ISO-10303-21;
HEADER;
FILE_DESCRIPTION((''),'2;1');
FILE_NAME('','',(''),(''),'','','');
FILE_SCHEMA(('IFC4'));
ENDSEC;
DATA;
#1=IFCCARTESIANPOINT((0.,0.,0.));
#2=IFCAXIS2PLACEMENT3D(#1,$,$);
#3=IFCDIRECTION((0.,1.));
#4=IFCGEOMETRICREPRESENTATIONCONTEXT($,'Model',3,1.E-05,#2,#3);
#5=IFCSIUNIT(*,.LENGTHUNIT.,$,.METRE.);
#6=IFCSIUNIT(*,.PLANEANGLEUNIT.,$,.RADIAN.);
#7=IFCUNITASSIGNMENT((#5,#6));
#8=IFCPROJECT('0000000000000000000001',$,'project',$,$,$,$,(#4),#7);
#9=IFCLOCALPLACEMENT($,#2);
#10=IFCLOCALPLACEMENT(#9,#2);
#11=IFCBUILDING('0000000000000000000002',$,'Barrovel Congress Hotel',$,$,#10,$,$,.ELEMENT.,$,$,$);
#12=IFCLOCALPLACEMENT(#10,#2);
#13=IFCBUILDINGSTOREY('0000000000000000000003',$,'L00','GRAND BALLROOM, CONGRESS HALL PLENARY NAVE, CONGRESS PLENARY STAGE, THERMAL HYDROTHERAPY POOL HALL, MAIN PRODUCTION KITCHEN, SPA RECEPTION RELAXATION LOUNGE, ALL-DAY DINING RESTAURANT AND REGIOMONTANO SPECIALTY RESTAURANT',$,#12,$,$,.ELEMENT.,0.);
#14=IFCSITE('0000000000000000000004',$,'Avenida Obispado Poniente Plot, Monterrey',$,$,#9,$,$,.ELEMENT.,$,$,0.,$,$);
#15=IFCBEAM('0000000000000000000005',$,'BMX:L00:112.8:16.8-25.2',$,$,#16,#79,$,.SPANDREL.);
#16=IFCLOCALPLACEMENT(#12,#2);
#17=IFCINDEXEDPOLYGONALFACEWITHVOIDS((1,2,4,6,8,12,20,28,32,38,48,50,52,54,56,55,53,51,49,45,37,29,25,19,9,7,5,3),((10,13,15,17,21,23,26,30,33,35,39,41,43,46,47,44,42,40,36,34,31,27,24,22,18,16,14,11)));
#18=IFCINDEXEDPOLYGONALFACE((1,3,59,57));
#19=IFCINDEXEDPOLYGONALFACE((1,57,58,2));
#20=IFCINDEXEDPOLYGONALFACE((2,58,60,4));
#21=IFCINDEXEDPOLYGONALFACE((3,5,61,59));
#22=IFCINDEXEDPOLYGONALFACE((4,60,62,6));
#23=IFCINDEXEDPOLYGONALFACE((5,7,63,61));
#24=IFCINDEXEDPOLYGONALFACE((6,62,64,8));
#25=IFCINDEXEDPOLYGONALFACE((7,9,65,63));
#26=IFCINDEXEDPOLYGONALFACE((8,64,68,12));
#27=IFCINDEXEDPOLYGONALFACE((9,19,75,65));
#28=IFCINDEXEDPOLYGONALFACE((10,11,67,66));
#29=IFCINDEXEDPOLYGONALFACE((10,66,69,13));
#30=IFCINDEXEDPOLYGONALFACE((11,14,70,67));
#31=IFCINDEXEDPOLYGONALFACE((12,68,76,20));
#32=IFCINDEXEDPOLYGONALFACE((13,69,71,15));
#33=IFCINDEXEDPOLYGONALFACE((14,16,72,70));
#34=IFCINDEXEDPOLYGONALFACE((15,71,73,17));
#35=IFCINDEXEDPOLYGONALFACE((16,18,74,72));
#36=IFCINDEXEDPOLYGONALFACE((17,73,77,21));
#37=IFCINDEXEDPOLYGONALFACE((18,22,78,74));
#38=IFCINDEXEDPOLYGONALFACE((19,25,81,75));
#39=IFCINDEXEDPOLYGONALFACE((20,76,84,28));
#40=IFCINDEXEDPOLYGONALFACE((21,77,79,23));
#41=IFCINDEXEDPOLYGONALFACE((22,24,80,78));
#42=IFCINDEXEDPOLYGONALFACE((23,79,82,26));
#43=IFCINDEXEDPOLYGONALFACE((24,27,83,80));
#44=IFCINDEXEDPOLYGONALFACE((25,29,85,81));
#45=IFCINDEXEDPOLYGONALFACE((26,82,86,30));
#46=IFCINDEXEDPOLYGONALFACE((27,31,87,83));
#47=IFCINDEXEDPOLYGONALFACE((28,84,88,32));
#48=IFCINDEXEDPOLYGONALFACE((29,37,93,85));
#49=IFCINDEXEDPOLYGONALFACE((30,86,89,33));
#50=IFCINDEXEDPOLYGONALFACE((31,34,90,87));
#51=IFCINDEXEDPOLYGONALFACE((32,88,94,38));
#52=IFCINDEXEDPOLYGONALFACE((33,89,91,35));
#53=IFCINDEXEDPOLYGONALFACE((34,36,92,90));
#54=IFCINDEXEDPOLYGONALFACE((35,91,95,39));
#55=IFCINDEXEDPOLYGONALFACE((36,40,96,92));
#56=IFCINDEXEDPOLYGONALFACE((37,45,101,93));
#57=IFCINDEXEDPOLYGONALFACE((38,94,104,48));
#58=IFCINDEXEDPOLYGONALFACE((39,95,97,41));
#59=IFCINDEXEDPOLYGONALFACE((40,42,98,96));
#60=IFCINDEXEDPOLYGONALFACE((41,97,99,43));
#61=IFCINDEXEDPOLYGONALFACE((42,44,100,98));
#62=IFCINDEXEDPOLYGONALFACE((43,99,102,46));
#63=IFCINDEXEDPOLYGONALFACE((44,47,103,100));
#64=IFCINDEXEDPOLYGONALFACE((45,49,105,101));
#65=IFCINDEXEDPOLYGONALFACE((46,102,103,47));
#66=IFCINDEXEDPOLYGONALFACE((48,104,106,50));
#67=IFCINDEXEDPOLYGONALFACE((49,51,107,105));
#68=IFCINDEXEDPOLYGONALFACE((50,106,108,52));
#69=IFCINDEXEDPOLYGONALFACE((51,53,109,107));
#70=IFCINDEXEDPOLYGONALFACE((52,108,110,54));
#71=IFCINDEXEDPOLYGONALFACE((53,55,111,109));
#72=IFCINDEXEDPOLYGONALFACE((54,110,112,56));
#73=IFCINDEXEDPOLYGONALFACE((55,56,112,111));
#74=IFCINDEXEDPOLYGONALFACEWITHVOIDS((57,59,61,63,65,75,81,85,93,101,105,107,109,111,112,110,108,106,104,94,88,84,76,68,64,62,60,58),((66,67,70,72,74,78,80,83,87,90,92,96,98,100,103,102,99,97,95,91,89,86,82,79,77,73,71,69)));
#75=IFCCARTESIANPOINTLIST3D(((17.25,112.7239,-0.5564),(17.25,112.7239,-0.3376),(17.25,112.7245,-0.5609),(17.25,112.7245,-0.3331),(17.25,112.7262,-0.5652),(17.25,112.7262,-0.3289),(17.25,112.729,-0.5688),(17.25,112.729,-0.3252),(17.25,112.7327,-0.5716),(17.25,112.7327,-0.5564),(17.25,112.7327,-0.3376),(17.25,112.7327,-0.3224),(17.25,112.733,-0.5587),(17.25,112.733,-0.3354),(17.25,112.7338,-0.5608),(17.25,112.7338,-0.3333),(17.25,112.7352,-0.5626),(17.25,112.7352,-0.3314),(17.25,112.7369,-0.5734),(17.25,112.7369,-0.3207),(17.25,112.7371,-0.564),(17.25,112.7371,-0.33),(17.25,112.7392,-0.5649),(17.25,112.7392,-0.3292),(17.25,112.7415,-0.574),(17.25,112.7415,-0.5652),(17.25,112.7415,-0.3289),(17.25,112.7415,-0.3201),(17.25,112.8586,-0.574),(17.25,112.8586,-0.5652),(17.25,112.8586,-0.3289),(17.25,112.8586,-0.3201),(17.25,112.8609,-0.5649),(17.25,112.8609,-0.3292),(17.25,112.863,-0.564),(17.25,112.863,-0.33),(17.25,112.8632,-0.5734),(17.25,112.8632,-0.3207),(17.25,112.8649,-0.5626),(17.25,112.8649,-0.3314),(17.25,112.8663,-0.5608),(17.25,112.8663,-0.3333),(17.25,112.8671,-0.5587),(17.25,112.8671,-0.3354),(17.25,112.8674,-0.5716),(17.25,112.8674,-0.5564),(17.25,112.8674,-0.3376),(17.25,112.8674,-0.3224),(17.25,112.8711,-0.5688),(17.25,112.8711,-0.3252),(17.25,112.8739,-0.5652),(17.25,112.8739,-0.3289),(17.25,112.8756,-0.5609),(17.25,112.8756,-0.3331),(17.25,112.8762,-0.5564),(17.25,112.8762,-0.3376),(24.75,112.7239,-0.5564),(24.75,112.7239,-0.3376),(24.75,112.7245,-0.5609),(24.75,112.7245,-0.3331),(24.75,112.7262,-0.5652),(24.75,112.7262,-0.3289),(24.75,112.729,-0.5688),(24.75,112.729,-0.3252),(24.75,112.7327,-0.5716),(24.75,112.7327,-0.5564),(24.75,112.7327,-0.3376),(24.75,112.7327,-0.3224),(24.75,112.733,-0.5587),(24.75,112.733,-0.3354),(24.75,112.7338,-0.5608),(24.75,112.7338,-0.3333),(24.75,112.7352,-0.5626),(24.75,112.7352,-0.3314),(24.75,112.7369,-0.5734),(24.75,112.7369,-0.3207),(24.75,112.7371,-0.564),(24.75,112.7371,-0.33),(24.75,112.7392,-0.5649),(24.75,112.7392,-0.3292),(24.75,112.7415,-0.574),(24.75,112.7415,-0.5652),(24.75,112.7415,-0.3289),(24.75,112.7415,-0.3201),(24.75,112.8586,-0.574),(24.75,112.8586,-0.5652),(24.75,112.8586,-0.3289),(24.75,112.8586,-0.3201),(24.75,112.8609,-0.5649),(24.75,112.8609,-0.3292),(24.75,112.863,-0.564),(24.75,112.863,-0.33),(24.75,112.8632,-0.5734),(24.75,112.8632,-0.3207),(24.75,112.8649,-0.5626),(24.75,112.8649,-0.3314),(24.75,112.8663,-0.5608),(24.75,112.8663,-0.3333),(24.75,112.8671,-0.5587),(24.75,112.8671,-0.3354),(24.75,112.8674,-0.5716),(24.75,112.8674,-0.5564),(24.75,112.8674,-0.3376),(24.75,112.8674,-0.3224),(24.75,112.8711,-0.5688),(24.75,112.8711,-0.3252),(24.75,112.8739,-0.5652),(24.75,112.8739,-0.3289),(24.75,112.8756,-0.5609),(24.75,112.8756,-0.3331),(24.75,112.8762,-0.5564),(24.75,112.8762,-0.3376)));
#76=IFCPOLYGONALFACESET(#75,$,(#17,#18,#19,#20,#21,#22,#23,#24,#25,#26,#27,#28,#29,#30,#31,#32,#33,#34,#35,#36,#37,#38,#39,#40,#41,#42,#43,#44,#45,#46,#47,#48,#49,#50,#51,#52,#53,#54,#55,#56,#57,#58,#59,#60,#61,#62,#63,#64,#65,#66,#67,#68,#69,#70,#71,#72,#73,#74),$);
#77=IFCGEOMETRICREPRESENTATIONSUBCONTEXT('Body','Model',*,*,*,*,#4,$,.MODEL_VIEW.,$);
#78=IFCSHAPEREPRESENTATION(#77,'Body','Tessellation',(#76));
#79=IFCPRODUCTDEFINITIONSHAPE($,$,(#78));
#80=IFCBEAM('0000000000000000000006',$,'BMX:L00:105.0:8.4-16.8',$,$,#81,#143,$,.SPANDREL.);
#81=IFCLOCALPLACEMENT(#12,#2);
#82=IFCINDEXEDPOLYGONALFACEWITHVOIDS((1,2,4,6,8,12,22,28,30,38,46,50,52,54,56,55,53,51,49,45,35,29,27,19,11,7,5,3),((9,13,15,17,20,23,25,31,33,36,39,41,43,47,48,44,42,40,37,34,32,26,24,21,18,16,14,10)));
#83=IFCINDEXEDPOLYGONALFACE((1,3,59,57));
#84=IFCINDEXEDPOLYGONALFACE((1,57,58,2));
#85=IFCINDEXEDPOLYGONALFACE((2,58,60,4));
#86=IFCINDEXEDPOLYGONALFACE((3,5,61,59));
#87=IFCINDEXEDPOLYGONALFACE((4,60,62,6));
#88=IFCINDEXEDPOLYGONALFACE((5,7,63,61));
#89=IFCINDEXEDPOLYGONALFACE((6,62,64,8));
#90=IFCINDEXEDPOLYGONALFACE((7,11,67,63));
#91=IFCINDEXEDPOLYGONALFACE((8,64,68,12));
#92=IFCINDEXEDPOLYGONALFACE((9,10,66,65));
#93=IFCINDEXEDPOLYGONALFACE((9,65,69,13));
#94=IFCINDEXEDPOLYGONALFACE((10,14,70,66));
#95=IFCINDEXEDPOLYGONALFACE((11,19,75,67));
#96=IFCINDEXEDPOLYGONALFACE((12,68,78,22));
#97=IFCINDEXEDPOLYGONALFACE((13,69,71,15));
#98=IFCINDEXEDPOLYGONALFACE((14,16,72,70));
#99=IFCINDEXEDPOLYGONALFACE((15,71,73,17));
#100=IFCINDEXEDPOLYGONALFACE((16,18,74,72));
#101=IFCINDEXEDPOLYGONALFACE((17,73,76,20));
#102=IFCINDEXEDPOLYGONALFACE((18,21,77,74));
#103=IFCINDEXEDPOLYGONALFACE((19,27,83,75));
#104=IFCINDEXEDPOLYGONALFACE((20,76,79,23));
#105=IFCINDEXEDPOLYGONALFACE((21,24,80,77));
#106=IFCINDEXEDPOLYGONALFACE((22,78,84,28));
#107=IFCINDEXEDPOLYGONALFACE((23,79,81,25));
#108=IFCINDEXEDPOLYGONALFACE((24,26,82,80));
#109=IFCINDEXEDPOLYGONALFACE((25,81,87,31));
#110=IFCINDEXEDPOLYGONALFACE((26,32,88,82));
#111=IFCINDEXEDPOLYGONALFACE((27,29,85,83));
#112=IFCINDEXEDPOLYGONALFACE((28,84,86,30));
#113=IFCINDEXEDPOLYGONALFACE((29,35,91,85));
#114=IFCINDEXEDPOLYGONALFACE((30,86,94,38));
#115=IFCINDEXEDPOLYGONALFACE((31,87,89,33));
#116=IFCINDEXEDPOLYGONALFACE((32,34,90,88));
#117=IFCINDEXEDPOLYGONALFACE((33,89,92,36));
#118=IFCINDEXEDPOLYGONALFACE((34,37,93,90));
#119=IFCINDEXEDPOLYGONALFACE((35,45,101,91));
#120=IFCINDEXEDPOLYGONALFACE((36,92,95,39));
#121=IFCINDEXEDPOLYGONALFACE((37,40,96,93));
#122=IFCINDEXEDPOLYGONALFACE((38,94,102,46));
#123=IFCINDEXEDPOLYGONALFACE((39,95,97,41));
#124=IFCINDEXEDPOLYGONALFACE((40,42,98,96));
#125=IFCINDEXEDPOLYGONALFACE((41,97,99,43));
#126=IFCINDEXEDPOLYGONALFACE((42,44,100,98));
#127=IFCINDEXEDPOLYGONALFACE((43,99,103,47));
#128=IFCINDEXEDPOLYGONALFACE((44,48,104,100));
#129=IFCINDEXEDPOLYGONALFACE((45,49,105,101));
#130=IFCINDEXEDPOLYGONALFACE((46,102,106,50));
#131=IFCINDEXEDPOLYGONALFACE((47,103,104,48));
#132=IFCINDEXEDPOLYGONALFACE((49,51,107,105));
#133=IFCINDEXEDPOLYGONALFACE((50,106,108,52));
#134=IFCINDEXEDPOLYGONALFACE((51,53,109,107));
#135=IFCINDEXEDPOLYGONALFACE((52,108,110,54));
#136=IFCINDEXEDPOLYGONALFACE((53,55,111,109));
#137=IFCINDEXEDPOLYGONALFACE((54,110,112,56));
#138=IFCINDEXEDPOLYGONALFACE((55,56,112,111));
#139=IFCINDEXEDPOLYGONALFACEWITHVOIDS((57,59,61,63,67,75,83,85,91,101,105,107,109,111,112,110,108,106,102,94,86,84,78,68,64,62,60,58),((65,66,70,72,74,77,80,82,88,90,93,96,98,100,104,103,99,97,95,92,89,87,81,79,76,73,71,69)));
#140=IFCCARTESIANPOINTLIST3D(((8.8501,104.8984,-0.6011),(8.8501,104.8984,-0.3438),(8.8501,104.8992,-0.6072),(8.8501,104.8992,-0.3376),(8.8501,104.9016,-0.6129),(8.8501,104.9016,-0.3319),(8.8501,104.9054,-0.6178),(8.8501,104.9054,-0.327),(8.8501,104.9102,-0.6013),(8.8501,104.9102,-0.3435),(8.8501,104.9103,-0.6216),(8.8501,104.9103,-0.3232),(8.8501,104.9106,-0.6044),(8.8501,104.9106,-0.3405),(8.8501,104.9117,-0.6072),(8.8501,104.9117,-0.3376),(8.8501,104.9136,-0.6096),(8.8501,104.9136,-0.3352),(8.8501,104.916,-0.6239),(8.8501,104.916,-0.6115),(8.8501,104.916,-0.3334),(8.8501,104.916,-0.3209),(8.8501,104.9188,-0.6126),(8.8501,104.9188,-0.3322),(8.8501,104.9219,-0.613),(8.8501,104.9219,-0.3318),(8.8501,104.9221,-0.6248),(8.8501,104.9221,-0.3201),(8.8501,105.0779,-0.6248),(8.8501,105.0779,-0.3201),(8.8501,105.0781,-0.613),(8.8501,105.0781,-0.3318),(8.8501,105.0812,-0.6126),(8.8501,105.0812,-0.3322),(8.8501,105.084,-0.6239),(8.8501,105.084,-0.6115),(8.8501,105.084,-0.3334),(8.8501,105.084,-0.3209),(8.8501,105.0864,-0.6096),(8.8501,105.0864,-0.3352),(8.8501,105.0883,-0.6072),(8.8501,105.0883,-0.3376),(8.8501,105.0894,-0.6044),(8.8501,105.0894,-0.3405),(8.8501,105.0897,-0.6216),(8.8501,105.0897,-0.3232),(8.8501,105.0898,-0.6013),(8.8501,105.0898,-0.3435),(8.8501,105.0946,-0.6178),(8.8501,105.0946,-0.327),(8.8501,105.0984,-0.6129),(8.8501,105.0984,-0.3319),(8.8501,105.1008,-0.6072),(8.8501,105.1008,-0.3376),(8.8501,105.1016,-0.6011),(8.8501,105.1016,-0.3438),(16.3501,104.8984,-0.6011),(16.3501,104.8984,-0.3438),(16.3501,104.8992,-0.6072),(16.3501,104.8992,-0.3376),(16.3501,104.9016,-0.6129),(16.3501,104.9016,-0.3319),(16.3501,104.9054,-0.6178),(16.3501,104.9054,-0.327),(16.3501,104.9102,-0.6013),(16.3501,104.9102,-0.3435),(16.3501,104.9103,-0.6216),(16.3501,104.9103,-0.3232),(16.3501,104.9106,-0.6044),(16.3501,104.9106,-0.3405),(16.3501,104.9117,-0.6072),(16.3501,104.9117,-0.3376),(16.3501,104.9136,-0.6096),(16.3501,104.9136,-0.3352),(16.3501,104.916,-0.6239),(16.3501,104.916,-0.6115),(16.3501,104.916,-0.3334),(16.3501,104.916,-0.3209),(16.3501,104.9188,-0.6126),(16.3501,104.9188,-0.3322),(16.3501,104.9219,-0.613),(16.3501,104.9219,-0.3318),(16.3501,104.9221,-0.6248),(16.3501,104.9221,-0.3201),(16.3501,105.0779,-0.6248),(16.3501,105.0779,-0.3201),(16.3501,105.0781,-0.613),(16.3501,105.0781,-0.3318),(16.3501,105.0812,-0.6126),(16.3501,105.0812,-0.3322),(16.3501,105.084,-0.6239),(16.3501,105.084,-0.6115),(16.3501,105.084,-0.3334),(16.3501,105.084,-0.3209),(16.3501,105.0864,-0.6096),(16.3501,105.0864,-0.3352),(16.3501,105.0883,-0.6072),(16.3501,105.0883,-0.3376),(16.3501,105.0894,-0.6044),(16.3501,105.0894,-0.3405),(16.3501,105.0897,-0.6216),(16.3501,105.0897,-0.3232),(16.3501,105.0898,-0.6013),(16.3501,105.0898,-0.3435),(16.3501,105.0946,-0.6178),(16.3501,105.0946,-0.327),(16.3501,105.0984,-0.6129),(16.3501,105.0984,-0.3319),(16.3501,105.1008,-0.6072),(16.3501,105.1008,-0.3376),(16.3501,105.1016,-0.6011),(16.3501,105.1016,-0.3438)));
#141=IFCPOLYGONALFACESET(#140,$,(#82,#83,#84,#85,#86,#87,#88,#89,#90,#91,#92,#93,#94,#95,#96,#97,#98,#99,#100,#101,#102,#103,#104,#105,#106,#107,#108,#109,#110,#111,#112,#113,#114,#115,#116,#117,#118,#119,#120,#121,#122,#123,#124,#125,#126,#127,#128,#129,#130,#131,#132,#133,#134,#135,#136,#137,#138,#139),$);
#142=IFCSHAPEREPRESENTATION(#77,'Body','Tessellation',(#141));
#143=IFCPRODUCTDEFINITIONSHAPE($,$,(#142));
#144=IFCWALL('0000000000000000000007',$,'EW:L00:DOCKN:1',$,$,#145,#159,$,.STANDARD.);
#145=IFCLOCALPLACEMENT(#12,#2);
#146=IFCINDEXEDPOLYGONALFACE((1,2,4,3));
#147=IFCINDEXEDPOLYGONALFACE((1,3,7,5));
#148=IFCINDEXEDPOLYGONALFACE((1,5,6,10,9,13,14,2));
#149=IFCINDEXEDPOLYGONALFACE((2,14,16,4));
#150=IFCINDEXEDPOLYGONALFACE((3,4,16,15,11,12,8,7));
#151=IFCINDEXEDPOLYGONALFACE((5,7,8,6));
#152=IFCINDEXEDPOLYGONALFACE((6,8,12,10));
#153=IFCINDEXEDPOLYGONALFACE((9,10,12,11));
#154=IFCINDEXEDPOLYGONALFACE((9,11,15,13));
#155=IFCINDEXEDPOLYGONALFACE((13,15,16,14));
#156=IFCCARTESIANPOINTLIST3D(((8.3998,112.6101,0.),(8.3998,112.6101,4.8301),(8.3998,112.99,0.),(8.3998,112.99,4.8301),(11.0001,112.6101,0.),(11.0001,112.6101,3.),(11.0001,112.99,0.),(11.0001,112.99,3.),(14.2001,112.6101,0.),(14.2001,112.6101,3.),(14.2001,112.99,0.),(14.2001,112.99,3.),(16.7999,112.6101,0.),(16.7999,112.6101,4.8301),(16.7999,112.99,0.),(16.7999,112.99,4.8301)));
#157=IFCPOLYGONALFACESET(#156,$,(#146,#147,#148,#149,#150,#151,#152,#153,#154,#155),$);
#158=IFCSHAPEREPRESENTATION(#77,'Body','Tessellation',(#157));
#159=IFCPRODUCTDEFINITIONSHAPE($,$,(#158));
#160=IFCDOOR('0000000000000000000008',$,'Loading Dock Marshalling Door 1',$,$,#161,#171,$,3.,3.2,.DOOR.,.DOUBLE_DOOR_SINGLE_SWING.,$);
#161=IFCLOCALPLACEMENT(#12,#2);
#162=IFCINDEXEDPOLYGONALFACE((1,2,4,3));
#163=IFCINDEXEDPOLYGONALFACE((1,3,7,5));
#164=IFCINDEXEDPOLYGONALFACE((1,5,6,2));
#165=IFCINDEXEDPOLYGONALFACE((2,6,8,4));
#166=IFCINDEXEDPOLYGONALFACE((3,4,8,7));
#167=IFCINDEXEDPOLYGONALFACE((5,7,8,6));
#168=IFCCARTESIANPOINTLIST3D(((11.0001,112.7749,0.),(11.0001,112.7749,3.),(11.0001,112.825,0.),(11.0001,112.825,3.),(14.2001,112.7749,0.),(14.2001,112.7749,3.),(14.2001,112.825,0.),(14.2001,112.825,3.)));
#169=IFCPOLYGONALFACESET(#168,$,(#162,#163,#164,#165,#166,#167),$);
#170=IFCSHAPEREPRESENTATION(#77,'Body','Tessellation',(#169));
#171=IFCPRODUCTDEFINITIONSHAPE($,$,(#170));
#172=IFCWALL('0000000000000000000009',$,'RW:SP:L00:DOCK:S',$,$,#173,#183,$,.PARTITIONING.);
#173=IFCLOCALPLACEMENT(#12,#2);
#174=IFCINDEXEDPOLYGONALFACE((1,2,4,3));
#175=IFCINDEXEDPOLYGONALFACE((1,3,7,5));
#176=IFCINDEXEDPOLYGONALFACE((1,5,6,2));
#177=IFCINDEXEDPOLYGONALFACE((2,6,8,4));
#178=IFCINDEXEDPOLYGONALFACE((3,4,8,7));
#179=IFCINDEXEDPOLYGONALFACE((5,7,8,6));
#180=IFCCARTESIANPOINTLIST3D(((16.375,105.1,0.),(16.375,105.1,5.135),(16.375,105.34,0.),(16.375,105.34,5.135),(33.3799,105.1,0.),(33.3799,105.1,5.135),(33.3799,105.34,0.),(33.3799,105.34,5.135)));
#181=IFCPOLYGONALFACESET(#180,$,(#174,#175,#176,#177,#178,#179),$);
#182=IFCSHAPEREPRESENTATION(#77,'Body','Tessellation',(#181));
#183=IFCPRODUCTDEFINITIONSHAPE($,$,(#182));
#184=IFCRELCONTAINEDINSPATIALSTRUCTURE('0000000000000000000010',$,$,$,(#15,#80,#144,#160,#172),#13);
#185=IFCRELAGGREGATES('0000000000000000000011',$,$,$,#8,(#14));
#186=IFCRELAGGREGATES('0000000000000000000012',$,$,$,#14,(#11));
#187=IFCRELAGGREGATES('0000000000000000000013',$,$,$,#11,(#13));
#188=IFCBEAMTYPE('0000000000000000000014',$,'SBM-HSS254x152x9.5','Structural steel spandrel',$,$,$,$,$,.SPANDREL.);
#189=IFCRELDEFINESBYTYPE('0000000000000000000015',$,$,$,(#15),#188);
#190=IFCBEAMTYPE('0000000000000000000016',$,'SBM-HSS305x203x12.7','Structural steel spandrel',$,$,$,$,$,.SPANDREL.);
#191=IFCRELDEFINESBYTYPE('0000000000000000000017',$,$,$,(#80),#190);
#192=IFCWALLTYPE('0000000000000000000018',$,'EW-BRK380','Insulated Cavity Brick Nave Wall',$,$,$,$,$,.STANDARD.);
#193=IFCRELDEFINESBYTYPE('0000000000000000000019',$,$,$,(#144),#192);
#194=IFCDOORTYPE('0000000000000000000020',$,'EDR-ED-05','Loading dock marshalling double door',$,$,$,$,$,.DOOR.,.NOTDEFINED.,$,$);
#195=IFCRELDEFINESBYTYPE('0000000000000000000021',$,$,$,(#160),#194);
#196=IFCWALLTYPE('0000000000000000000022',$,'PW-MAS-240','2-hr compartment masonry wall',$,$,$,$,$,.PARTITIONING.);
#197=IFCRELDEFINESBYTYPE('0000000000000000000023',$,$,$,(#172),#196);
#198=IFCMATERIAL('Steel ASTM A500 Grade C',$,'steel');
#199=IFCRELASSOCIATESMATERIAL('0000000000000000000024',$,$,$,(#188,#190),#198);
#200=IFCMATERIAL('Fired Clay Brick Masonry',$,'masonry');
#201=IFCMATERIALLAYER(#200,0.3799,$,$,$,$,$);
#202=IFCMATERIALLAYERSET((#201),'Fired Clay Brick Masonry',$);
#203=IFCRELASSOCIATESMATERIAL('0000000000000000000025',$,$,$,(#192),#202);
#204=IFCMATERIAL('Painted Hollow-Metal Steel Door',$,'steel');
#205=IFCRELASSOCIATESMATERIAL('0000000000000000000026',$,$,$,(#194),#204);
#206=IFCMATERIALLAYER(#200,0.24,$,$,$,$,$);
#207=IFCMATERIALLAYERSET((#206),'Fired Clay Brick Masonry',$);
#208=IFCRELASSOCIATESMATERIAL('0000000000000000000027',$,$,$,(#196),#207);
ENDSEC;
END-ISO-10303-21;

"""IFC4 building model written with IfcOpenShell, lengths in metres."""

from ifc_helpers import new_model, si_unit, direction, frame, frame_2d, origin, origin_2d, place, context, subcontext, project, spatial, rectangle, hollow_rectangle, extrude, material, layer, layer_set, material_profile, profile_set, type_object, element, fill, save


model = new_model("IFC4")

# Units and contexts
model_context = context("Model", 3, precision=1e-05, world=origin(), true_north=direction((0.0, 1.0)))
body_context = subcontext(model_context, "Body", "Model", "MODEL_VIEW")
ifc_project = project(units=[si_unit("LENGTHUNIT", "METRE"), si_unit("PLANEANGLEUNIT", "RADIAN")], contexts=[model_context])

# Site, building, storey
site_placement = place(None, origin())
site = spatial("IfcSite", under=ifc_project, at=site_placement, Name="Avenida Obispado Poniente Plot, Monterrey", CompositionType="ELEMENT", RefElevation=0.0)
building_placement = place(site_placement, origin())
building = spatial("IfcBuilding", under=site, at=building_placement, Name="Barrovel Congress Hotel", CompositionType="ELEMENT")
storey_placement = place(building_placement, origin())
storey = spatial("IfcBuildingStorey", under=building, at=storey_placement, Name="L00", Description="GRAND BALLROOM, CONGRESS HALL PLENARY NAVE, CONGRESS PLENARY STAGE, THERMAL HYDROTHERAPY POOL HALL, MAIN PRODUCTION KITCHEN, SPA RECEPTION RELAXATION LOUNGE, ALL-DAY DINING RESTAURANT AND REGIOMONTANO SPECIALTY RESTAURANT", CompositionType="ELEMENT", Elevation=0.0)

# Beams
ifc_material_1 = material(Name="Steel ASTM A500 Grade C", Category="steel")
ifc_material_profile_1 = material_profile(ifc_material_1, hollow_rectangle(XDim=0.1523, YDim=0.2539, WallThickness=0.0088, InnerFilletRadius=0.0088, OuterFilletRadius=0.0176, at=origin_2d()), Name="HSS254x152x9.5")
ifc_profile_set_1 = profile_set([ifc_material_profile_1], Name="Steel ASTM A500 Grade C")
beam_type_1 = type_object("IfcBeamType", Name="SBM-HSS254x152x9.5", Description="Structural steel spandrel", PredefinedType="SPANDREL", material=ifc_profile_set_1)
beam_1_placement = place(storey_placement, frame((17.25, 112.8, -0.447), z_axis=(1.0, 0.0, 0.0), x_axis=(0.0, 1.0, 0.0)))
element("IfcBeam", 1, at=beam_1_placement, inside=storey, type_object=beam_type_1, Name="BMX:L00:112.8:16.8-25.2", PredefinedType="SPANDREL", context=body_context, shape_type="SweptSolid", body=[
    extrude(hollow_rectangle(XDim=0.1523, YDim=0.2539, WallThickness=0.0088, InnerFilletRadius=0.0088, OuterFilletRadius=0.0176, at=origin_2d()), origin(), (0.0, 0.0, 1.0), 7.5),
])
ifc_material_profile_2 = material_profile(ifc_material_1, hollow_rectangle(XDim=0.2031, YDim=0.3047, WallThickness=0.0117, InnerFilletRadius=0.0117, OuterFilletRadius=0.0237, at=origin_2d()), Name="HSS305x203x12.7")
ifc_profile_set_2 = profile_set([ifc_material_profile_2], Name="Steel ASTM A500 Grade C")
beam_type_2 = type_object("IfcBeamType", Name="SBM-HSS305x203x12.7", Description="Structural steel spandrel", PredefinedType="SPANDREL", material=ifc_profile_set_2)
beam_2_placement = place(storey_placement, frame((8.8501, 105.0, -0.4724), z_axis=(1.0, 0.0, 0.0), x_axis=(0.0, 1.0, 0.0)))
element("IfcBeam", 2, at=beam_2_placement, inside=storey, type_object=beam_type_2, Name="BMX:L00:105.0:8.4-16.8", PredefinedType="SPANDREL", context=body_context, shape_type="SweptSolid", body=[
    extrude(hollow_rectangle(XDim=0.2031, YDim=0.3047, WallThickness=0.0117, InnerFilletRadius=0.0117, OuterFilletRadius=0.0237, at=origin_2d()), origin(), (0.0, 0.0, 1.0), 7.5),
])

# Wall, opening, door
ifc_material_2 = material(Name="Fired Clay Brick Masonry", Category="masonry")
ifc_layer_1 = layer(ifc_material_2, 0.3799)
ifc_layer_set_1 = layer_set([ifc_layer_1], Name="Fired Clay Brick Masonry")
wall_type_1 = type_object("IfcWallType", Name="EW-BRK380", Description="Insulated Cavity Brick Nave Wall", PredefinedType="STANDARD", material=ifc_layer_set_1)
wall_1_placement = place(storey_placement, frame((16.8, 112.8, 0.0), z_axis=(0.0, 0.0, 1.0), x_axis=(-1.0, 0.0, 0.0)))
wall_1 = element("IfcWall", 3, at=wall_1_placement, inside=storey, type_object=wall_type_1, Name="EW:L00:DOCKN:1", PredefinedType="STANDARD", context=body_context, shape_type="SweptSolid", body=[
    extrude(rectangle(XDim=8.4001, YDim=0.3799, at=frame_2d((4.2002, 0.0))), origin(), (0.0, 0.0, 1.0), 4.8301),
])
opening_1_placement = place(wall_1_placement, frame((5.8, 0.0, 0.0), z_axis=(0.0, 0.0, 1.0), x_axis=(-1.0, 0.0, 0.0)))
opening_1 = element("IfcOpeningElement", 4, at=opening_1_placement, cuts=wall_1, PredefinedType="OPENING", context=body_context, shape_type="SweptSolid", body=[
    extrude(rectangle(XDim=3.2, YDim=3.0, at=frame_2d((1.6001, 1.5))), frame((0.0, 0.2, 0.0), z_axis=(0.0, -1.0, 0.0), x_axis=(1.0, 0.0, 0.0)), (0.0, 0.0, 1.0), 0.3999),
])
ifc_material_3 = material(Name="Painted Hollow-Metal Steel Door", Category="steel")
door_type_1 = type_object("IfcDoorType", Name="EDR-ED-05", Description="Loading dock marshalling double door", OperationType="NOTDEFINED", PredefinedType="DOOR", material=ifc_material_3)
door_1_placement = place(opening_1_placement, origin())
door_1 = element("IfcDoor", 5, at=door_1_placement, inside=storey, type_object=door_type_1, Name="Loading Dock Marshalling Door 1", OperationType="DOUBLE_DOOR_SINGLE_SWING", OverallHeight=3.0, OverallWidth=3.2, PredefinedType="DOOR", context=body_context, shape_type="SweptSolid", body=[
    extrude(rectangle(XDim=3.2, YDim=3.0, at=frame_2d((1.6001, 1.5))), frame((0.0, 0.0249, 0.0), z_axis=(0.0, -1.0, 0.0), x_axis=(1.0, 0.0, 0.0)), (0.0, 0.0, 1.0), 0.05),
])
fill(opening_1, door_1)

# Wall
ifc_layer_2 = layer(ifc_material_2, 0.24)
ifc_layer_set_2 = layer_set([ifc_layer_2], Name="Fired Clay Brick Masonry")
wall_type_2 = type_object("IfcWallType", Name="PW-MAS-240", Description="2-hr compartment masonry wall", PredefinedType="PARTITIONING", material=ifc_layer_set_2)
wall_2_placement = place(storey_placement, frame((16.375, 105.22, 0.0), z_axis=(0.0, 0.0, 1.0), x_axis=(1.0, 0.0, 0.0)))
element("IfcWall", 6, at=wall_2_placement, inside=storey, type_object=wall_type_2, Name="RW:SP:L00:DOCK:S", PredefinedType="PARTITIONING", context=body_context, shape_type="SweptSolid", body=[
    extrude(rectangle(XDim=17.0049, YDim=0.24, at=frame_2d((8.5024, 0.0))), origin(), (0.0, 0.0, 1.0), 5.135),
])

save(model, "model.ifc")
